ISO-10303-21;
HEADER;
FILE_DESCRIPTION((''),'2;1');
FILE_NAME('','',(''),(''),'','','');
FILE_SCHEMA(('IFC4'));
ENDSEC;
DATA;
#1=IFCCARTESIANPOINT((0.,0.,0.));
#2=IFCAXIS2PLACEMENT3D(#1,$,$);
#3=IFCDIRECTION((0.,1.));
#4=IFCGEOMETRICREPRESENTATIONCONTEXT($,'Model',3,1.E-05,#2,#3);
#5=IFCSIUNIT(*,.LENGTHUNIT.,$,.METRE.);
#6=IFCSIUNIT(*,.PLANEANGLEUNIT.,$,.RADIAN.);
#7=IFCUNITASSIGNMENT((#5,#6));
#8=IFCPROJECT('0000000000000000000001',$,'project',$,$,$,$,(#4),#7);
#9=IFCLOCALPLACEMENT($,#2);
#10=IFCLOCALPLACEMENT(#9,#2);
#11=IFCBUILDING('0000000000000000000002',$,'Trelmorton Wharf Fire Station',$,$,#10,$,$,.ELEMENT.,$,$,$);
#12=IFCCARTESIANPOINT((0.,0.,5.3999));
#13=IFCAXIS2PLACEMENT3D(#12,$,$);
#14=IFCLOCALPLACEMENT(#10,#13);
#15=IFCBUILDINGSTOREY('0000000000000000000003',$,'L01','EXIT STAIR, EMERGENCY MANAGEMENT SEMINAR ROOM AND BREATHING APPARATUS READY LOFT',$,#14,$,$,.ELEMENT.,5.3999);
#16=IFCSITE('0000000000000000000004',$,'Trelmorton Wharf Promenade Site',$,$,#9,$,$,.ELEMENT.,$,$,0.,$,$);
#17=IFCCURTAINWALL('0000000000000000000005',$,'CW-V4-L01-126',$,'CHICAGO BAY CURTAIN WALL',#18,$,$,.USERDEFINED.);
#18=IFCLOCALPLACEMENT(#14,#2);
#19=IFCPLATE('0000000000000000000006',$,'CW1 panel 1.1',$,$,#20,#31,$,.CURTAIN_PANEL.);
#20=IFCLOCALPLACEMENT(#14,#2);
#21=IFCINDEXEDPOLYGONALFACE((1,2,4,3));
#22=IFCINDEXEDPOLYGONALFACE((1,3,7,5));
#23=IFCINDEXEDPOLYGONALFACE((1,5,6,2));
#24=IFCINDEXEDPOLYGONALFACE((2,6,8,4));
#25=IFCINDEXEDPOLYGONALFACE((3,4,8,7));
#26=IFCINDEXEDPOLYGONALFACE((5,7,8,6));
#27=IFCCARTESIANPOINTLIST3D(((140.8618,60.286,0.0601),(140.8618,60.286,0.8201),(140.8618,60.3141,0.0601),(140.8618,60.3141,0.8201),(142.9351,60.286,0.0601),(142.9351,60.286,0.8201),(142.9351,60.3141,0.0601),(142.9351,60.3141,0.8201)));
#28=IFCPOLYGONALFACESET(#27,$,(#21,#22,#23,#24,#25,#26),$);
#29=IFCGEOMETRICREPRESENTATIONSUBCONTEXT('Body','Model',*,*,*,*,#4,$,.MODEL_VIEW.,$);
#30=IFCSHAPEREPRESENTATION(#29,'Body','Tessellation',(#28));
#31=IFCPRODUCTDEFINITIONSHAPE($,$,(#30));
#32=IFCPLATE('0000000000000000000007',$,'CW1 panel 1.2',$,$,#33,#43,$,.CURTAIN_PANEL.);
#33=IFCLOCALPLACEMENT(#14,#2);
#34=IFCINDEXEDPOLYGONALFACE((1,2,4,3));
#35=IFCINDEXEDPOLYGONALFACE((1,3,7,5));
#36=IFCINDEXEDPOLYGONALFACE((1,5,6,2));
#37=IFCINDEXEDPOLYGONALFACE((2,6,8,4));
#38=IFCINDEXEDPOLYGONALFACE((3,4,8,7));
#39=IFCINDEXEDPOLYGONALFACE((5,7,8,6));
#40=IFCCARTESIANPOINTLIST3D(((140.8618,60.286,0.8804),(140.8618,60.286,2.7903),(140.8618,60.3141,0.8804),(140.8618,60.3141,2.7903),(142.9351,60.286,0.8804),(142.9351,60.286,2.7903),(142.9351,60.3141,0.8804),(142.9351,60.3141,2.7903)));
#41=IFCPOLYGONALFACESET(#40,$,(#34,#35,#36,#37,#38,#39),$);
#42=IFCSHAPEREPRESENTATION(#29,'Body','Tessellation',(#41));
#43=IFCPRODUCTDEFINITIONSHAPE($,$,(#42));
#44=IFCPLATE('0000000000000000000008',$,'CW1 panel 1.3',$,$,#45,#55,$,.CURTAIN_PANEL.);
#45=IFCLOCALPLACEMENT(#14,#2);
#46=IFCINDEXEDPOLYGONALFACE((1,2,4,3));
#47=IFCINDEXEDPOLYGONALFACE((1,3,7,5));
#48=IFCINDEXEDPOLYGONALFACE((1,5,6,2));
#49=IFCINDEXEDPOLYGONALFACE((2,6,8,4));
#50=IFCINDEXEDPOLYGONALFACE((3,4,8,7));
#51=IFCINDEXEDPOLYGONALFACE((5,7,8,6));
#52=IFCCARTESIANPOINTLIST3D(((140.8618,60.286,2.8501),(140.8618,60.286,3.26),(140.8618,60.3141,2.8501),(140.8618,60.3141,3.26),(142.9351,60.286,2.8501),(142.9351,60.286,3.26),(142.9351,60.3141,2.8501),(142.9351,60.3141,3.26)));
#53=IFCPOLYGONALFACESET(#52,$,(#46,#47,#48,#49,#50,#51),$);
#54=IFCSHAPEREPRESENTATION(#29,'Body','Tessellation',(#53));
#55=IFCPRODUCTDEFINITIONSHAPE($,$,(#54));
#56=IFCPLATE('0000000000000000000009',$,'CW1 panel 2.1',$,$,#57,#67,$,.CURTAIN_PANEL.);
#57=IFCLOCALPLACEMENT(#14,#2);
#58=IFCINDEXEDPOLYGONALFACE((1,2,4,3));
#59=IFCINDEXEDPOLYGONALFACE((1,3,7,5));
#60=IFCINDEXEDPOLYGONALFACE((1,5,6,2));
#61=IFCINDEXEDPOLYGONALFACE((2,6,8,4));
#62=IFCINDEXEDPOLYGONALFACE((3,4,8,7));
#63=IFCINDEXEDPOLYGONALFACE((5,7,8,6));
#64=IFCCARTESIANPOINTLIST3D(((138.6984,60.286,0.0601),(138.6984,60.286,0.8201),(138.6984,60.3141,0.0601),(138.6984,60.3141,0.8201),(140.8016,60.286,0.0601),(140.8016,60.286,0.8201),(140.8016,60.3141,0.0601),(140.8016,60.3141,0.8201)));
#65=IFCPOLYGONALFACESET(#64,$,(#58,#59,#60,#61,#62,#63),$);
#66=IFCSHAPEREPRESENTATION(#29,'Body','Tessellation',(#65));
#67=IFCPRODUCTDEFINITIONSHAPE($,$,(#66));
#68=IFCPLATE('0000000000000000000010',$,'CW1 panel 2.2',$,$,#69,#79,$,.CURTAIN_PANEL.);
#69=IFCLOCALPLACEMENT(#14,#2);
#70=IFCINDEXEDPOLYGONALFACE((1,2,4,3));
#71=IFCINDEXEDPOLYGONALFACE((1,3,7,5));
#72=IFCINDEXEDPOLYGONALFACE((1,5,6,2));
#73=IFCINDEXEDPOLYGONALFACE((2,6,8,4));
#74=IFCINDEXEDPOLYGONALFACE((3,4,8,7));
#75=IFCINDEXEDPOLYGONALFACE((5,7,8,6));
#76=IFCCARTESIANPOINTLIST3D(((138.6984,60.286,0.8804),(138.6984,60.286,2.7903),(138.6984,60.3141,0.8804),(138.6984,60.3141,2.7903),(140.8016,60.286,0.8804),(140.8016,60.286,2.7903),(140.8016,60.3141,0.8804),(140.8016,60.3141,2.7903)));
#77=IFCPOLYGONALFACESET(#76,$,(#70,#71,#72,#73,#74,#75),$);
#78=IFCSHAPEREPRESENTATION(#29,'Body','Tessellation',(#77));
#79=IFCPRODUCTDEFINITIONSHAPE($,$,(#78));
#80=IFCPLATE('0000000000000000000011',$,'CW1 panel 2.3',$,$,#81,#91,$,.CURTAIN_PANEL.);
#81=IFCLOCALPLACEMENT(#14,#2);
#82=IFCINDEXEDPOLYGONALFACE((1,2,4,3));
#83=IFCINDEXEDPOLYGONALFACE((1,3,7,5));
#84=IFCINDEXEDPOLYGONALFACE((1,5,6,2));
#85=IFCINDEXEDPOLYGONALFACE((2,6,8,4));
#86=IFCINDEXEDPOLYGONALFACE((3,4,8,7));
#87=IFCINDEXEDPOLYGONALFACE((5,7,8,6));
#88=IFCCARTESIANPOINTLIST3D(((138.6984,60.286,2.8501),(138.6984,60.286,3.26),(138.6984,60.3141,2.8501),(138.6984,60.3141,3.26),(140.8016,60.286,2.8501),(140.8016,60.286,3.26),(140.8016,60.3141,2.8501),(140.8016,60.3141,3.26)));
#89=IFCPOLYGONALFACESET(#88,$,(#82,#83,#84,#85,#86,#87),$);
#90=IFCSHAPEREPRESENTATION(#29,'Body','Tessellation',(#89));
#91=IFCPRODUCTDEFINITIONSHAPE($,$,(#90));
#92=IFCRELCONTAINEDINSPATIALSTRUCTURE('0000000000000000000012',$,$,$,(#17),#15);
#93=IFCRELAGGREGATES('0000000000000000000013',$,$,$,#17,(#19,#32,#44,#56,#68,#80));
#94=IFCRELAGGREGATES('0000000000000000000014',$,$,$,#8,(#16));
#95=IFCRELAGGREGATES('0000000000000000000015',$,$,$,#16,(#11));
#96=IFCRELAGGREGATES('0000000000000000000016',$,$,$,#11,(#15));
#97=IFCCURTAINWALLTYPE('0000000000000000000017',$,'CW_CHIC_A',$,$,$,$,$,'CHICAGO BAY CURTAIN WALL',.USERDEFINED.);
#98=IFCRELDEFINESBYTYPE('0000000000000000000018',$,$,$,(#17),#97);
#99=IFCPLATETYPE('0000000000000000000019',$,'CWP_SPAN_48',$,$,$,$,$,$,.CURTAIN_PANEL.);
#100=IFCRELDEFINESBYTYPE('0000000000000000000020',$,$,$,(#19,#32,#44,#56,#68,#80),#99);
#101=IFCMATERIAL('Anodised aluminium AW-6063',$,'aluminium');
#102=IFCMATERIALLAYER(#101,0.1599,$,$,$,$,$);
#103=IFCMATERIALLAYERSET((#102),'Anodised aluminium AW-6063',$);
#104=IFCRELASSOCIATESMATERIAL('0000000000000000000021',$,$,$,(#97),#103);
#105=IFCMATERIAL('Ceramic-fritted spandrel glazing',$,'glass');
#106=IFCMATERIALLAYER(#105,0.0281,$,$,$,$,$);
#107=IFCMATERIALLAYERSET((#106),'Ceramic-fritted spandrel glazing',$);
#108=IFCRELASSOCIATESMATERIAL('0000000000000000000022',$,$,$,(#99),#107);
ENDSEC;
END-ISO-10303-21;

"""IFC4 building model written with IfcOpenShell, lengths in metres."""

from ifc_helpers import new_model, si_unit, direction, frame, origin, origin_2d, place, context, subcontext, project, spatial, rectangle, extrude, material, layer, layer_set, type_object, element, aggregate, save


model = new_model("IFC4")

# Units and contexts
model_context = context("Model", 3, precision=1e-05, world=origin(), true_north=direction((0.0, 1.0)))
body_context = subcontext(model_context, "Body", "Model", "MODEL_VIEW")
ifc_project = project(units=[si_unit("LENGTHUNIT", "METRE"), si_unit("PLANEANGLEUNIT", "RADIAN")], contexts=[model_context])

# Site, building, storey
site_placement = place(None, origin())
site = spatial("IfcSite", under=ifc_project, at=site_placement, Name="Trelmorton Wharf Promenade Site", CompositionType="ELEMENT", RefElevation=0.0)
building_placement = place(site_placement, origin())
building = spatial("IfcBuilding", under=site, at=building_placement, Name="Trelmorton Wharf Fire Station", CompositionType="ELEMENT")
storey_placement = place(building_placement, frame((0.0, 0.0, 5.3999)))
storey = spatial("IfcBuildingStorey", under=building, at=storey_placement, Name="L01", Description="EXIT STAIR, EMERGENCY MANAGEMENT SEMINAR ROOM AND BREATHING APPARATUS READY LOFT", CompositionType="ELEMENT", Elevation=5.3999)

# Curtain wall
ifc_material_1 = material(Name="Anodised aluminium AW-6063", Category="aluminium")
ifc_layer_1 = layer(ifc_material_1, 0.1599)
ifc_layer_set_1 = layer_set([ifc_layer_1], Name="Anodised aluminium AW-6063")
curtain_wall_type = type_object("IfcCurtainWallType", Name="CW_CHIC_A", ElementType="CHICAGO BAY CURTAIN WALL", PredefinedType="USERDEFINED", material=ifc_layer_set_1)
curtain_wall_1_placement = place(storey_placement, origin())
curtain_wall_1 = element("IfcCurtainWall", 1, at=curtain_wall_1_placement, inside=storey, type_object=curtain_wall_type, Name="CW-V4-L01-126", ObjectType="CHICAGO BAY CURTAIN WALL", PredefinedType="USERDEFINED")

# Plates
ifc_material_2 = material(Name="Ceramic-fritted spandrel glazing", Category="glass")
ifc_layer_2 = layer(ifc_material_2, 0.0281)
ifc_layer_set_2 = layer_set([ifc_layer_2], Name="Ceramic-fritted spandrel glazing")
plate_type_1 = type_object("IfcPlateType", Name="CWP_SPAN_48", PredefinedType="CURTAIN_PANEL", material=ifc_layer_set_2)
plate_1_placement = place(storey_placement, frame((141.8984, 60.3, 0.0601), z_axis=(0.0, 0.0, 1.0), x_axis=(-1.0, 0.0, 0.0)))
plate_1 = element("IfcPlate", 2, at=plate_1_placement, type_object=plate_type_1, Name="CW1 panel 1.1", PredefinedType="CURTAIN_PANEL", context=body_context, shape_type="SweptSolid", body=[
    extrude(rectangle(XDim=2.0732, YDim=0.0281, at=origin_2d()), origin(), (0.0, 0.0, 1.0), 0.76),
])
plate_2_placement = place(storey_placement, frame((141.8984, 60.3, 0.8804), z_axis=(0.0, 0.0, 1.0), x_axis=(-1.0, 0.0, 0.0)))
plate_2 = element("IfcPlate", 3, at=plate_2_placement, type_object=plate_type_1, Name="CW1 panel 1.2", PredefinedType="CURTAIN_PANEL", context=body_context, shape_type="SweptSolid", body=[
    extrude(rectangle(XDim=2.0732, YDim=0.0281, at=origin_2d()), origin(), (0.0, 0.0, 1.0), 1.9099),
])
plate_3_placement = place(storey_placement, frame((141.8984, 60.3, 2.8501), z_axis=(0.0, 0.0, 1.0), x_axis=(-1.0, 0.0, 0.0)))
plate_3 = element("IfcPlate", 4, at=plate_3_placement, type_object=plate_type_1, Name="CW1 panel 1.3", PredefinedType="CURTAIN_PANEL", context=body_context, shape_type="SweptSolid", body=[
    extrude(rectangle(XDim=2.0732, YDim=0.0281, at=origin_2d()), origin(), (0.0, 0.0, 1.0), 0.4099),
])
plate_4_placement = place(storey_placement, frame((139.75, 60.3, 0.0601), z_axis=(0.0, 0.0, 1.0), x_axis=(-1.0, 0.0, 0.0)))
plate_4 = element("IfcPlate", 5, at=plate_4_placement, type_object=plate_type_1, Name="CW1 panel 2.1", PredefinedType="CURTAIN_PANEL", context=body_context, shape_type="SweptSolid", body=[
    extrude(rectangle(XDim=2.1033, YDim=0.0281, at=origin_2d()), origin(), (0.0, 0.0, 1.0), 0.76),
])
plate_5_placement = place(storey_placement, frame((139.75, 60.3, 0.8804), z_axis=(0.0, 0.0, 1.0), x_axis=(-1.0, 0.0, 0.0)))
plate_5 = element("IfcPlate", 6, at=plate_5_placement, type_object=plate_type_1, Name="CW1 panel 2.2", PredefinedType="CURTAIN_PANEL", context=body_context, shape_type="SweptSolid", body=[
    extrude(rectangle(XDim=2.1033, YDim=0.0281, at=origin_2d()), origin(), (0.0, 0.0, 1.0), 1.9099),
])
plate_6_placement = place(storey_placement, frame((139.75, 60.3, 2.8501), z_axis=(0.0, 0.0, 1.0), x_axis=(-1.0, 0.0, 0.0)))
plate_6 = element("IfcPlate", 7, at=plate_6_placement, type_object=plate_type_1, Name="CW1 panel 2.3", PredefinedType="CURTAIN_PANEL", context=body_context, shape_type="SweptSolid", body=[
    extrude(rectangle(XDim=2.1033, YDim=0.0281, at=origin_2d()), origin(), (0.0, 0.0, 1.0), 0.4099),
])
aggregate(curtain_wall_1, [plate_1, plate_2, plate_3, plate_4, plate_5, plate_6])

save(model, "model.ifc")
